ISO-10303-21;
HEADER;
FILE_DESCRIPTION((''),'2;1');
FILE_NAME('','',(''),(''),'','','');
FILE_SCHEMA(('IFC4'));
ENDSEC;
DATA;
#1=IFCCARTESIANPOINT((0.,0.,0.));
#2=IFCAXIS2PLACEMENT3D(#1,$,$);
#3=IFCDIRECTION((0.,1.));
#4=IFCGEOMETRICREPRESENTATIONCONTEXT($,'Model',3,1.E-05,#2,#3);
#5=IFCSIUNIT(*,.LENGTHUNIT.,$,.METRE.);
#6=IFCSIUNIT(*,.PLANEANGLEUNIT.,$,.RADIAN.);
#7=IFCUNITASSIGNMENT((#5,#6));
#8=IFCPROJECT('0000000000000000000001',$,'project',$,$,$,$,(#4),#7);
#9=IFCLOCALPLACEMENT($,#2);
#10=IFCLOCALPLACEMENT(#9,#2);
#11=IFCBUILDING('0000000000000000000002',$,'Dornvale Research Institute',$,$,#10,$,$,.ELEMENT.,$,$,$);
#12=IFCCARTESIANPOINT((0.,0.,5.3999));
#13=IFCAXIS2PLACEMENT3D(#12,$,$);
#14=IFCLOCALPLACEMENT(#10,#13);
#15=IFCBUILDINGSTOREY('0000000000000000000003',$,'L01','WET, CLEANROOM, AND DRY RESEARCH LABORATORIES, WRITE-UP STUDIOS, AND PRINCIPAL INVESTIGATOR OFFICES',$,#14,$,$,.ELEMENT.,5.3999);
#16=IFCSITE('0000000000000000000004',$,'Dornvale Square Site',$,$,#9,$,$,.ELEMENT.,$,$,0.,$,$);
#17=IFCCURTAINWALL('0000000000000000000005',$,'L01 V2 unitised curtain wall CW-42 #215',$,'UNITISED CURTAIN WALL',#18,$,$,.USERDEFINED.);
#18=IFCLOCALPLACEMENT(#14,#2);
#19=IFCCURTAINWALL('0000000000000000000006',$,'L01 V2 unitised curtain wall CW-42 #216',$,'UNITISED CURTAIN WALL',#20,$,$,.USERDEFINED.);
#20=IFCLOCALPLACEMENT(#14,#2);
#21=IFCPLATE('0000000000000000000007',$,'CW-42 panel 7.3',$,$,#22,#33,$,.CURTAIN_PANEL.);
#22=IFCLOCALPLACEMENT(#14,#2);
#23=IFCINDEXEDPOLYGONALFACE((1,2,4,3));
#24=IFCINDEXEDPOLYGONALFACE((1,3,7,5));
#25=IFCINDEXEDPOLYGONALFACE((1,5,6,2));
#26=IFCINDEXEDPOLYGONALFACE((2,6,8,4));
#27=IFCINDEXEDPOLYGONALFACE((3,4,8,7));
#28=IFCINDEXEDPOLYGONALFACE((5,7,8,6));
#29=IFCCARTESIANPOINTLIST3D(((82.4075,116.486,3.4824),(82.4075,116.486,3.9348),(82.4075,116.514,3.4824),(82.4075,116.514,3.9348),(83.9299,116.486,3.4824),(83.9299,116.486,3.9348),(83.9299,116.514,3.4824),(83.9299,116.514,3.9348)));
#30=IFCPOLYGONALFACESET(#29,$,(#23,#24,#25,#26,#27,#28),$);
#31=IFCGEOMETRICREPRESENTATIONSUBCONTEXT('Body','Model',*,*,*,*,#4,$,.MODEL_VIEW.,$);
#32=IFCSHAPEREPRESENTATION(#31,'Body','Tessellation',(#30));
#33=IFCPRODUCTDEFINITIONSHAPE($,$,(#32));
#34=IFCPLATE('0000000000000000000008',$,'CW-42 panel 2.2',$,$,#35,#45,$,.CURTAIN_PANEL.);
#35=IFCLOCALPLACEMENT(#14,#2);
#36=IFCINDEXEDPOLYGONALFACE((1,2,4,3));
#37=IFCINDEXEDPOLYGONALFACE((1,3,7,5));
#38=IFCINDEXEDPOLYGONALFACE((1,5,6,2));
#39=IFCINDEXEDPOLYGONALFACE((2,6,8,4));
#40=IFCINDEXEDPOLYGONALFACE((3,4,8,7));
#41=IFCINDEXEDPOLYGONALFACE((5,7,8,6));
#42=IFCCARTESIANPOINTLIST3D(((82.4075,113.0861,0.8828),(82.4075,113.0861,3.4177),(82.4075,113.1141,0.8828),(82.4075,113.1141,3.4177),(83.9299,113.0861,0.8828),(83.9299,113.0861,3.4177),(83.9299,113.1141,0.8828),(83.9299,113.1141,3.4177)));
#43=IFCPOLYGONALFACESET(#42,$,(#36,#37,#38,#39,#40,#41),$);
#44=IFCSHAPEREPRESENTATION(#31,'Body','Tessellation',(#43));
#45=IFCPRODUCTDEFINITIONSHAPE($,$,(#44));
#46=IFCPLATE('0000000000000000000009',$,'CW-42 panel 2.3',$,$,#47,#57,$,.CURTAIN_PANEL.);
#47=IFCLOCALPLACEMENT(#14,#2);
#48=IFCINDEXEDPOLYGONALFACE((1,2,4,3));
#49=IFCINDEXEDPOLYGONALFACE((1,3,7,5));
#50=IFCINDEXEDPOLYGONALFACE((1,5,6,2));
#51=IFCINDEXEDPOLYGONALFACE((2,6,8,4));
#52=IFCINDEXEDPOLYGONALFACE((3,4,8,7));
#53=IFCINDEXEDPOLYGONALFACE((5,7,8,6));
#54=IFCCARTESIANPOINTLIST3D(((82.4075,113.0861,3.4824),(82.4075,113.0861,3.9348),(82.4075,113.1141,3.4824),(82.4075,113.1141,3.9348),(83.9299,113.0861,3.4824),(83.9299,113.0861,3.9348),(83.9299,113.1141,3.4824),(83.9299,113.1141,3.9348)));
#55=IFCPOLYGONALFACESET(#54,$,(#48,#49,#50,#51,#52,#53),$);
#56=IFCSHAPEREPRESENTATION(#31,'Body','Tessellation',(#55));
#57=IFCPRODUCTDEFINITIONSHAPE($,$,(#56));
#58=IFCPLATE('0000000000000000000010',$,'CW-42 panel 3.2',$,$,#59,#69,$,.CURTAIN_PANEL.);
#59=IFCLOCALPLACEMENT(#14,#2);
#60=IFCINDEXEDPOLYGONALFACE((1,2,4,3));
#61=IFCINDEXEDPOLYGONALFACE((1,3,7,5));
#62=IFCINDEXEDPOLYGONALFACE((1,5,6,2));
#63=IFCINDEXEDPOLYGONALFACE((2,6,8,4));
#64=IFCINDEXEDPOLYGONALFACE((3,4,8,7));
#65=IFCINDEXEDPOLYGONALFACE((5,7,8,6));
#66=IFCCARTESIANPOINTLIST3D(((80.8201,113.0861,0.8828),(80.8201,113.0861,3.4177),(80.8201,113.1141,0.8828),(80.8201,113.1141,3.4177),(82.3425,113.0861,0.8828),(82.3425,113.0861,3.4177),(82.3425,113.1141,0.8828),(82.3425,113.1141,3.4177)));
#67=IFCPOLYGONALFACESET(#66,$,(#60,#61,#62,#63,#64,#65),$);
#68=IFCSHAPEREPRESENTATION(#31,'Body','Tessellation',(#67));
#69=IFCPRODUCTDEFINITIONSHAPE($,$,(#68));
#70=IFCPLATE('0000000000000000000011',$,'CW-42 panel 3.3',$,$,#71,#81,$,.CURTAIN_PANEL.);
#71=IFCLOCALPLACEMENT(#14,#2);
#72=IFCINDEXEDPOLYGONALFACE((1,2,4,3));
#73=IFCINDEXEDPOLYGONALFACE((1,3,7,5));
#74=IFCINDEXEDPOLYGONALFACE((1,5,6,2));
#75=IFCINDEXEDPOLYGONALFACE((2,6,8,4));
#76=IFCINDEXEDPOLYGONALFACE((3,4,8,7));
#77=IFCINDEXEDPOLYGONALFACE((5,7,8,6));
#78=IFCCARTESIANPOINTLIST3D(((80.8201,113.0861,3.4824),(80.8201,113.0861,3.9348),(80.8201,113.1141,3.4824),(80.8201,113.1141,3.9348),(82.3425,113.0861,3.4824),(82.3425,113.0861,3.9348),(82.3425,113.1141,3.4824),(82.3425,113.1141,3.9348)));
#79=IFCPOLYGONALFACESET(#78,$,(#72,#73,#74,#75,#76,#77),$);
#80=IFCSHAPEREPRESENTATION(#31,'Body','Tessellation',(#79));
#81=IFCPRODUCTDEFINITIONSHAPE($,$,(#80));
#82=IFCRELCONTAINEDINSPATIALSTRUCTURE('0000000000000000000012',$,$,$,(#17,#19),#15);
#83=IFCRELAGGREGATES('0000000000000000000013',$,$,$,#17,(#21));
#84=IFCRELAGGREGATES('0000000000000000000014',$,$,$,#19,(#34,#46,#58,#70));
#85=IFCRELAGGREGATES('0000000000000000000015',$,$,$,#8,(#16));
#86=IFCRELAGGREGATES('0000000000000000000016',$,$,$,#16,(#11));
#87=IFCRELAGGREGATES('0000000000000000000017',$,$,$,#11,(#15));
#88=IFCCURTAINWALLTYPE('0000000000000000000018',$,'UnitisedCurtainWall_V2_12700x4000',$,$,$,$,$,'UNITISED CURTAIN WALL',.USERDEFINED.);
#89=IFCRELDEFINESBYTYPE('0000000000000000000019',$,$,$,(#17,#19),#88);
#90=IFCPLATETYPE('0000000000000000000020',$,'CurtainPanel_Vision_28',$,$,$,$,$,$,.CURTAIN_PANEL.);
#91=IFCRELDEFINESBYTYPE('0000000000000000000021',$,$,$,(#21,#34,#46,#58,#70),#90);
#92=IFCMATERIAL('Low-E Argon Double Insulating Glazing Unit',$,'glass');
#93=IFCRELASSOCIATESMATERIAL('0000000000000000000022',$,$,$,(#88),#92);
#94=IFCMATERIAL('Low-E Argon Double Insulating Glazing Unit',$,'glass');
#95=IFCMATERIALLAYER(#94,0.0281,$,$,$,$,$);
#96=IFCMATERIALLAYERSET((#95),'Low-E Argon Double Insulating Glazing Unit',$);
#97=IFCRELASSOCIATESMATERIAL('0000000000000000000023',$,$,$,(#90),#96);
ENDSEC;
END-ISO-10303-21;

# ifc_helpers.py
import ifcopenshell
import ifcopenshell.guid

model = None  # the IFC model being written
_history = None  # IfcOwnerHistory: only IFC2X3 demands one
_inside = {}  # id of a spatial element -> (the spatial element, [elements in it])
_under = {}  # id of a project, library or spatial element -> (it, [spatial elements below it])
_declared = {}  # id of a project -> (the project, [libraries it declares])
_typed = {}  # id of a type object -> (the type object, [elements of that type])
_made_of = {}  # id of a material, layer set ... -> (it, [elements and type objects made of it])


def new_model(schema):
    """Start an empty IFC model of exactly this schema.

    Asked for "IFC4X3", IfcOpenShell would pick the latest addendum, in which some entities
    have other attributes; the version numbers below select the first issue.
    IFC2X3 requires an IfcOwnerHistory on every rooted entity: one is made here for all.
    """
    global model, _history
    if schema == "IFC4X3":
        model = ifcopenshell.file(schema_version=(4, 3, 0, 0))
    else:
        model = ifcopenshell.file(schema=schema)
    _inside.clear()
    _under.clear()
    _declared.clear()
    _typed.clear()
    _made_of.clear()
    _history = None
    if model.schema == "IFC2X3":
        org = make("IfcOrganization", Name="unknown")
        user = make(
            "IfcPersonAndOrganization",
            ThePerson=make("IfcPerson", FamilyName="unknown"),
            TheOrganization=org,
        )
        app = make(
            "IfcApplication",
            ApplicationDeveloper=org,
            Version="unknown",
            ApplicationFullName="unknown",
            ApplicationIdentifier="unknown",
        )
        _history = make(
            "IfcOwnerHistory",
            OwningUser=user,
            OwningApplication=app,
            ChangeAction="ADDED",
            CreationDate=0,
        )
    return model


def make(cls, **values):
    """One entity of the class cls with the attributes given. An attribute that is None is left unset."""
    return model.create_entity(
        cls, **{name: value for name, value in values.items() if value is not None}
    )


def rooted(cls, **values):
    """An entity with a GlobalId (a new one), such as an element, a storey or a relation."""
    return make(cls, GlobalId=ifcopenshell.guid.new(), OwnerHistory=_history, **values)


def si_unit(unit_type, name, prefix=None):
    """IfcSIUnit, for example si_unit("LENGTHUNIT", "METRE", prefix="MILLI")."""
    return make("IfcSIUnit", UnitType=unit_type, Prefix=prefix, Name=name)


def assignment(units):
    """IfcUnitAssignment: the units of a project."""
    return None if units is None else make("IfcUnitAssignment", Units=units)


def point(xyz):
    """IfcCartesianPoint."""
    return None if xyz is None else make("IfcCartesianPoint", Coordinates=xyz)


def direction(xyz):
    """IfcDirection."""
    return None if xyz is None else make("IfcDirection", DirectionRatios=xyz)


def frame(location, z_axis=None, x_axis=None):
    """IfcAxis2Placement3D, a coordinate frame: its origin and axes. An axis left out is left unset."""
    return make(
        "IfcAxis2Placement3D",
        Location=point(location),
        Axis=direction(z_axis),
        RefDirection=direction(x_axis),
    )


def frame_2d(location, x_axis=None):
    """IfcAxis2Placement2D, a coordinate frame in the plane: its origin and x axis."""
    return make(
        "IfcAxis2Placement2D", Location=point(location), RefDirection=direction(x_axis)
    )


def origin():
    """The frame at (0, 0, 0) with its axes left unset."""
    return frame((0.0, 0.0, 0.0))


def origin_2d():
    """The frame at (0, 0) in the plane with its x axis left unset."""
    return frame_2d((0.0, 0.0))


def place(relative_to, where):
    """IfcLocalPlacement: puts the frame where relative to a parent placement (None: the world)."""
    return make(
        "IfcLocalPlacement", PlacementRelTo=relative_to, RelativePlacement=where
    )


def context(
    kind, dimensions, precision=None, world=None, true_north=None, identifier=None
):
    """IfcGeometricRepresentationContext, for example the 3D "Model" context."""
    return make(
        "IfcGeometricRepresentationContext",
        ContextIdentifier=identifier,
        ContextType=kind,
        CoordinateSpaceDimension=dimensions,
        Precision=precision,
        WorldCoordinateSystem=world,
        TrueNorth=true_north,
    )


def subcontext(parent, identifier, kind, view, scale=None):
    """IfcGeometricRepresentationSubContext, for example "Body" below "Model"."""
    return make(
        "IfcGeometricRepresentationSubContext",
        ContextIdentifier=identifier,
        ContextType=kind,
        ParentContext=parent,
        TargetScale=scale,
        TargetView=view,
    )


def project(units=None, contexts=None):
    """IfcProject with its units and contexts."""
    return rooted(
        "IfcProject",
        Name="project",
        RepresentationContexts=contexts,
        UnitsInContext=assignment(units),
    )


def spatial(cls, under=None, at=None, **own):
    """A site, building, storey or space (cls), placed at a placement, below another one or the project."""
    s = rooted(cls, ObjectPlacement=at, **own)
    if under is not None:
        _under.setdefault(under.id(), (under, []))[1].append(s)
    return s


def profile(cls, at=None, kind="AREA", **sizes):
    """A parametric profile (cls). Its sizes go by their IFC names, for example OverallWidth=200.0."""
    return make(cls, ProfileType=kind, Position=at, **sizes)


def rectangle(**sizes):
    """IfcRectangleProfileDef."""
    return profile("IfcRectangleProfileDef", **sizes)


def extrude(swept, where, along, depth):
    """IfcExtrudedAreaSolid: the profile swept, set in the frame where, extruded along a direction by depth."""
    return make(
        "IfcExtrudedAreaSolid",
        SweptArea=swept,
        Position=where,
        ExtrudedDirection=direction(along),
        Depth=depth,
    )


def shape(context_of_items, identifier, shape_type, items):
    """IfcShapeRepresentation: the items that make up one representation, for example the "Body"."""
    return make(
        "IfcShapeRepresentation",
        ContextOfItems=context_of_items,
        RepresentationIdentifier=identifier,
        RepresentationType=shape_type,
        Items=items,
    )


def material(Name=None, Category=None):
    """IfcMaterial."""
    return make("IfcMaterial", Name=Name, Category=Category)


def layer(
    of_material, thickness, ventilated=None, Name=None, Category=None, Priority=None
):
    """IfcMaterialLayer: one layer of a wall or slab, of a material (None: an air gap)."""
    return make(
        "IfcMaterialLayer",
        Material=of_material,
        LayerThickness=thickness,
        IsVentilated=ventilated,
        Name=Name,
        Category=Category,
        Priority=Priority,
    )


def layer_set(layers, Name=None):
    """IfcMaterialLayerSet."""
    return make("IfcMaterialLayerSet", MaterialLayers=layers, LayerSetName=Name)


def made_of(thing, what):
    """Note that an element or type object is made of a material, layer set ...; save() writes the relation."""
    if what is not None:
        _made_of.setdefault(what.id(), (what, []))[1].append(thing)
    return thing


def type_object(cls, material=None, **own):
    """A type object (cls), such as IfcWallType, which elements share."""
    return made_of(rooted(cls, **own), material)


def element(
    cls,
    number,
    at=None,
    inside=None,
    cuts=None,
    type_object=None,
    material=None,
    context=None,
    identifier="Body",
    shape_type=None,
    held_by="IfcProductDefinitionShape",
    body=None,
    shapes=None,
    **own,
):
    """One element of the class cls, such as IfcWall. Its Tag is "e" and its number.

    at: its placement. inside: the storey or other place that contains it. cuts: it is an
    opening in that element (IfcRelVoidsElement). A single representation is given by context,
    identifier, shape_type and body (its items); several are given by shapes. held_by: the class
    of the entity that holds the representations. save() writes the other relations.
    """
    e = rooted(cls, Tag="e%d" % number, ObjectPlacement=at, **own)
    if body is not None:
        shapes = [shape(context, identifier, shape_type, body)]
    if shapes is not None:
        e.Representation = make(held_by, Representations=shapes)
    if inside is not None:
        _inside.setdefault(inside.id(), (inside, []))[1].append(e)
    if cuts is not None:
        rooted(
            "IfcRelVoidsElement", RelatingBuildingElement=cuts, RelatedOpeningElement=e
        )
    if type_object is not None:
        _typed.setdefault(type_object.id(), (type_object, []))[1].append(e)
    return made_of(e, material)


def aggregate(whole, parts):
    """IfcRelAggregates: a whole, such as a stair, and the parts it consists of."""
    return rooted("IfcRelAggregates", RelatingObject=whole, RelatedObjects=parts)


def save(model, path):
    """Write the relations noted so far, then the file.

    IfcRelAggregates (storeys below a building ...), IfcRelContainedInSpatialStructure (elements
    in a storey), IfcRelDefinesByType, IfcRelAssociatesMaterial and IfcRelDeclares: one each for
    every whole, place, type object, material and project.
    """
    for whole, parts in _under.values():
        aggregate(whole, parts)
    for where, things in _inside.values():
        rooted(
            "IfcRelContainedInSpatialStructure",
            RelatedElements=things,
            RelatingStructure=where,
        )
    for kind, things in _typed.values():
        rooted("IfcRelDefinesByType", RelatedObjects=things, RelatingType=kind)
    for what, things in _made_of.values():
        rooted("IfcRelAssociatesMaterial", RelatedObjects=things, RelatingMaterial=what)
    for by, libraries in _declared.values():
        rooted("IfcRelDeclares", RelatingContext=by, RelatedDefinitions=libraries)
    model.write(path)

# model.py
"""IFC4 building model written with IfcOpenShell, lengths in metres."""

from ifc_helpers import new_model, si_unit, direction, frame, origin, origin_2d, place, context, subcontext, project, spatial, rectangle, extrude, material, layer, layer_set, type_object, element, aggregate, save


model = new_model("IFC4")

# Units and contexts
model_context = context("Model", 3, precision=1e-05, world=origin(), true_north=direction((0.0, 1.0)))
body_context = subcontext(model_context, "Body", "Model", "MODEL_VIEW")
ifc_project = project(units=[si_unit("LENGTHUNIT", "METRE"), si_unit("PLANEANGLEUNIT", "RADIAN")], contexts=[model_context])

# Site, building, storey
site_placement = place(None, origin())
site = spatial("IfcSite", under=ifc_project, at=site_placement, Name="Dornvale Square Site", CompositionType="ELEMENT", RefElevation=0.0)
building_placement = place(site_placement, origin())
building = spatial("IfcBuilding", under=site, at=building_placement, Name="Dornvale Research Institute", CompositionType="ELEMENT")
storey_placement = place(building_placement, frame((0.0, 0.0, 5.3999)))
storey = spatial("IfcBuildingStorey", under=building, at=storey_placement, Name="L01", Description="WET, CLEANROOM, AND DRY RESEARCH LABORATORIES, WRITE-UP STUDIOS, AND PRINCIPAL INVESTIGATOR OFFICES", CompositionType="ELEMENT", Elevation=5.3999)

# Curtain walls
ifc_material_1 = material(Name="Low-E Argon Double Insulating Glazing Unit", Category="glass")
curtain_wall_type = type_object("IfcCurtainWallType", Name="UnitisedCurtainWall_V2_12700x4000", ElementType="UNITISED CURTAIN WALL", PredefinedType="USERDEFINED", material=ifc_material_1)
curtain_wall_1_placement = place(storey_placement, origin())
curtain_wall_1 = element("IfcCurtainWall", 1, at=curtain_wall_1_placement, inside=storey, type_object=curtain_wall_type, Name="L01 V2 unitised curtain wall CW-42 #215", ObjectType="UNITISED CURTAIN WALL", PredefinedType="USERDEFINED")
curtain_wall_2_placement = place(storey_placement, origin())
curtain_wall_2 = element("IfcCurtainWall", 2, at=curtain_wall_2_placement, inside=storey, type_object=curtain_wall_type, Name="L01 V2 unitised curtain wall CW-42 #216", ObjectType="UNITISED CURTAIN WALL", PredefinedType="USERDEFINED")

# Plates
ifc_material_2 = material(Name="Low-E Argon Double Insulating Glazing Unit", Category="glass")
ifc_layer_1 = layer(ifc_material_2, 0.0281)
ifc_layer_set_1 = layer_set([ifc_layer_1], Name="Low-E Argon Double Insulating Glazing Unit")
plate_type_1 = type_object("IfcPlateType", Name="CurtainPanel_Vision_28", PredefinedType="CURTAIN_PANEL", material=ifc_layer_set_1)
plate_1_placement = place(storey_placement, frame((83.1687, 116.5, 3.4824), z_axis=(0.0, 0.0, 1.0), x_axis=(1.0, 0.0, 0.0)))
plate_1 = element("IfcPlate", 3, at=plate_1_placement, type_object=plate_type_1, Name="CW-42 panel 7.3", PredefinedType="CURTAIN_PANEL", context=body_context, shape_type="SweptSolid", body=[
    extrude(rectangle(XDim=1.5225, YDim=0.0281, at=origin_2d()), origin(), (0.0, 0.0, 1.0), 0.4524),
])
aggregate(curtain_wall_1, [plate_1])
plate_2_placement = place(storey_placement, frame((83.1687, 113.1001, 0.8828), z_axis=(0.0, 0.0, 1.0), x_axis=(-1.0, 0.0, 0.0)))
plate_2 = element("IfcPlate", 4, at=plate_2_placement, type_object=plate_type_1, Name="CW-42 panel 2.2", PredefinedType="CURTAIN_PANEL", context=body_context, shape_type="SweptSolid", body=[
    extrude(rectangle(XDim=1.5225, YDim=0.0281, at=origin_2d()), origin(), (0.0, 0.0, 1.0), 2.5349),
])
plate_3_placement = place(storey_placement, frame((83.1687, 113.1001, 3.4824), z_axis=(0.0, 0.0, 1.0), x_axis=(-1.0, 0.0, 0.0)))
plate_3 = element("IfcPlate", 5, at=plate_3_placement, type_object=plate_type_1, Name="CW-42 panel 2.3", PredefinedType="CURTAIN_PANEL", context=body_context, shape_type="SweptSolid", body=[
    extrude(rectangle(XDim=1.5225, YDim=0.0281, at=origin_2d()), origin(), (0.0, 0.0, 1.0), 0.4524),
])
plate_4_placement = place(storey_placement, frame((81.5813, 113.1001, 0.8828), z_axis=(0.0, 0.0, 1.0), x_axis=(-1.0, 0.0, 0.0)))
plate_4 = element("IfcPlate", 6, at=plate_4_placement, type_object=plate_type_1, Name="CW-42 panel 3.2", PredefinedType="CURTAIN_PANEL", context=body_context, shape_type="SweptSolid", body=[
    extrude(rectangle(XDim=1.5225, YDim=0.0281, at=origin_2d()), origin(), (0.0, 0.0, 1.0), 2.5349),
])
plate_5_placement = place(storey_placement, frame((81.5813, 113.1001, 3.4824), z_axis=(0.0, 0.0, 1.0), x_axis=(-1.0, 0.0, 0.0)))
plate_5 = element("IfcPlate", 7, at=plate_5_placement, type_object=plate_type_1, Name="CW-42 panel 3.3", PredefinedType="CURTAIN_PANEL", context=body_context, shape_type="SweptSolid", body=[
    extrude(rectangle(XDim=1.5225, YDim=0.0281, at=origin_2d()), origin(), (0.0, 0.0, 1.0), 0.4524),
])
aggregate(curtain_wall_2, [plate_2, plate_3, plate_4, plate_5])

save(model, "model.ifc")
